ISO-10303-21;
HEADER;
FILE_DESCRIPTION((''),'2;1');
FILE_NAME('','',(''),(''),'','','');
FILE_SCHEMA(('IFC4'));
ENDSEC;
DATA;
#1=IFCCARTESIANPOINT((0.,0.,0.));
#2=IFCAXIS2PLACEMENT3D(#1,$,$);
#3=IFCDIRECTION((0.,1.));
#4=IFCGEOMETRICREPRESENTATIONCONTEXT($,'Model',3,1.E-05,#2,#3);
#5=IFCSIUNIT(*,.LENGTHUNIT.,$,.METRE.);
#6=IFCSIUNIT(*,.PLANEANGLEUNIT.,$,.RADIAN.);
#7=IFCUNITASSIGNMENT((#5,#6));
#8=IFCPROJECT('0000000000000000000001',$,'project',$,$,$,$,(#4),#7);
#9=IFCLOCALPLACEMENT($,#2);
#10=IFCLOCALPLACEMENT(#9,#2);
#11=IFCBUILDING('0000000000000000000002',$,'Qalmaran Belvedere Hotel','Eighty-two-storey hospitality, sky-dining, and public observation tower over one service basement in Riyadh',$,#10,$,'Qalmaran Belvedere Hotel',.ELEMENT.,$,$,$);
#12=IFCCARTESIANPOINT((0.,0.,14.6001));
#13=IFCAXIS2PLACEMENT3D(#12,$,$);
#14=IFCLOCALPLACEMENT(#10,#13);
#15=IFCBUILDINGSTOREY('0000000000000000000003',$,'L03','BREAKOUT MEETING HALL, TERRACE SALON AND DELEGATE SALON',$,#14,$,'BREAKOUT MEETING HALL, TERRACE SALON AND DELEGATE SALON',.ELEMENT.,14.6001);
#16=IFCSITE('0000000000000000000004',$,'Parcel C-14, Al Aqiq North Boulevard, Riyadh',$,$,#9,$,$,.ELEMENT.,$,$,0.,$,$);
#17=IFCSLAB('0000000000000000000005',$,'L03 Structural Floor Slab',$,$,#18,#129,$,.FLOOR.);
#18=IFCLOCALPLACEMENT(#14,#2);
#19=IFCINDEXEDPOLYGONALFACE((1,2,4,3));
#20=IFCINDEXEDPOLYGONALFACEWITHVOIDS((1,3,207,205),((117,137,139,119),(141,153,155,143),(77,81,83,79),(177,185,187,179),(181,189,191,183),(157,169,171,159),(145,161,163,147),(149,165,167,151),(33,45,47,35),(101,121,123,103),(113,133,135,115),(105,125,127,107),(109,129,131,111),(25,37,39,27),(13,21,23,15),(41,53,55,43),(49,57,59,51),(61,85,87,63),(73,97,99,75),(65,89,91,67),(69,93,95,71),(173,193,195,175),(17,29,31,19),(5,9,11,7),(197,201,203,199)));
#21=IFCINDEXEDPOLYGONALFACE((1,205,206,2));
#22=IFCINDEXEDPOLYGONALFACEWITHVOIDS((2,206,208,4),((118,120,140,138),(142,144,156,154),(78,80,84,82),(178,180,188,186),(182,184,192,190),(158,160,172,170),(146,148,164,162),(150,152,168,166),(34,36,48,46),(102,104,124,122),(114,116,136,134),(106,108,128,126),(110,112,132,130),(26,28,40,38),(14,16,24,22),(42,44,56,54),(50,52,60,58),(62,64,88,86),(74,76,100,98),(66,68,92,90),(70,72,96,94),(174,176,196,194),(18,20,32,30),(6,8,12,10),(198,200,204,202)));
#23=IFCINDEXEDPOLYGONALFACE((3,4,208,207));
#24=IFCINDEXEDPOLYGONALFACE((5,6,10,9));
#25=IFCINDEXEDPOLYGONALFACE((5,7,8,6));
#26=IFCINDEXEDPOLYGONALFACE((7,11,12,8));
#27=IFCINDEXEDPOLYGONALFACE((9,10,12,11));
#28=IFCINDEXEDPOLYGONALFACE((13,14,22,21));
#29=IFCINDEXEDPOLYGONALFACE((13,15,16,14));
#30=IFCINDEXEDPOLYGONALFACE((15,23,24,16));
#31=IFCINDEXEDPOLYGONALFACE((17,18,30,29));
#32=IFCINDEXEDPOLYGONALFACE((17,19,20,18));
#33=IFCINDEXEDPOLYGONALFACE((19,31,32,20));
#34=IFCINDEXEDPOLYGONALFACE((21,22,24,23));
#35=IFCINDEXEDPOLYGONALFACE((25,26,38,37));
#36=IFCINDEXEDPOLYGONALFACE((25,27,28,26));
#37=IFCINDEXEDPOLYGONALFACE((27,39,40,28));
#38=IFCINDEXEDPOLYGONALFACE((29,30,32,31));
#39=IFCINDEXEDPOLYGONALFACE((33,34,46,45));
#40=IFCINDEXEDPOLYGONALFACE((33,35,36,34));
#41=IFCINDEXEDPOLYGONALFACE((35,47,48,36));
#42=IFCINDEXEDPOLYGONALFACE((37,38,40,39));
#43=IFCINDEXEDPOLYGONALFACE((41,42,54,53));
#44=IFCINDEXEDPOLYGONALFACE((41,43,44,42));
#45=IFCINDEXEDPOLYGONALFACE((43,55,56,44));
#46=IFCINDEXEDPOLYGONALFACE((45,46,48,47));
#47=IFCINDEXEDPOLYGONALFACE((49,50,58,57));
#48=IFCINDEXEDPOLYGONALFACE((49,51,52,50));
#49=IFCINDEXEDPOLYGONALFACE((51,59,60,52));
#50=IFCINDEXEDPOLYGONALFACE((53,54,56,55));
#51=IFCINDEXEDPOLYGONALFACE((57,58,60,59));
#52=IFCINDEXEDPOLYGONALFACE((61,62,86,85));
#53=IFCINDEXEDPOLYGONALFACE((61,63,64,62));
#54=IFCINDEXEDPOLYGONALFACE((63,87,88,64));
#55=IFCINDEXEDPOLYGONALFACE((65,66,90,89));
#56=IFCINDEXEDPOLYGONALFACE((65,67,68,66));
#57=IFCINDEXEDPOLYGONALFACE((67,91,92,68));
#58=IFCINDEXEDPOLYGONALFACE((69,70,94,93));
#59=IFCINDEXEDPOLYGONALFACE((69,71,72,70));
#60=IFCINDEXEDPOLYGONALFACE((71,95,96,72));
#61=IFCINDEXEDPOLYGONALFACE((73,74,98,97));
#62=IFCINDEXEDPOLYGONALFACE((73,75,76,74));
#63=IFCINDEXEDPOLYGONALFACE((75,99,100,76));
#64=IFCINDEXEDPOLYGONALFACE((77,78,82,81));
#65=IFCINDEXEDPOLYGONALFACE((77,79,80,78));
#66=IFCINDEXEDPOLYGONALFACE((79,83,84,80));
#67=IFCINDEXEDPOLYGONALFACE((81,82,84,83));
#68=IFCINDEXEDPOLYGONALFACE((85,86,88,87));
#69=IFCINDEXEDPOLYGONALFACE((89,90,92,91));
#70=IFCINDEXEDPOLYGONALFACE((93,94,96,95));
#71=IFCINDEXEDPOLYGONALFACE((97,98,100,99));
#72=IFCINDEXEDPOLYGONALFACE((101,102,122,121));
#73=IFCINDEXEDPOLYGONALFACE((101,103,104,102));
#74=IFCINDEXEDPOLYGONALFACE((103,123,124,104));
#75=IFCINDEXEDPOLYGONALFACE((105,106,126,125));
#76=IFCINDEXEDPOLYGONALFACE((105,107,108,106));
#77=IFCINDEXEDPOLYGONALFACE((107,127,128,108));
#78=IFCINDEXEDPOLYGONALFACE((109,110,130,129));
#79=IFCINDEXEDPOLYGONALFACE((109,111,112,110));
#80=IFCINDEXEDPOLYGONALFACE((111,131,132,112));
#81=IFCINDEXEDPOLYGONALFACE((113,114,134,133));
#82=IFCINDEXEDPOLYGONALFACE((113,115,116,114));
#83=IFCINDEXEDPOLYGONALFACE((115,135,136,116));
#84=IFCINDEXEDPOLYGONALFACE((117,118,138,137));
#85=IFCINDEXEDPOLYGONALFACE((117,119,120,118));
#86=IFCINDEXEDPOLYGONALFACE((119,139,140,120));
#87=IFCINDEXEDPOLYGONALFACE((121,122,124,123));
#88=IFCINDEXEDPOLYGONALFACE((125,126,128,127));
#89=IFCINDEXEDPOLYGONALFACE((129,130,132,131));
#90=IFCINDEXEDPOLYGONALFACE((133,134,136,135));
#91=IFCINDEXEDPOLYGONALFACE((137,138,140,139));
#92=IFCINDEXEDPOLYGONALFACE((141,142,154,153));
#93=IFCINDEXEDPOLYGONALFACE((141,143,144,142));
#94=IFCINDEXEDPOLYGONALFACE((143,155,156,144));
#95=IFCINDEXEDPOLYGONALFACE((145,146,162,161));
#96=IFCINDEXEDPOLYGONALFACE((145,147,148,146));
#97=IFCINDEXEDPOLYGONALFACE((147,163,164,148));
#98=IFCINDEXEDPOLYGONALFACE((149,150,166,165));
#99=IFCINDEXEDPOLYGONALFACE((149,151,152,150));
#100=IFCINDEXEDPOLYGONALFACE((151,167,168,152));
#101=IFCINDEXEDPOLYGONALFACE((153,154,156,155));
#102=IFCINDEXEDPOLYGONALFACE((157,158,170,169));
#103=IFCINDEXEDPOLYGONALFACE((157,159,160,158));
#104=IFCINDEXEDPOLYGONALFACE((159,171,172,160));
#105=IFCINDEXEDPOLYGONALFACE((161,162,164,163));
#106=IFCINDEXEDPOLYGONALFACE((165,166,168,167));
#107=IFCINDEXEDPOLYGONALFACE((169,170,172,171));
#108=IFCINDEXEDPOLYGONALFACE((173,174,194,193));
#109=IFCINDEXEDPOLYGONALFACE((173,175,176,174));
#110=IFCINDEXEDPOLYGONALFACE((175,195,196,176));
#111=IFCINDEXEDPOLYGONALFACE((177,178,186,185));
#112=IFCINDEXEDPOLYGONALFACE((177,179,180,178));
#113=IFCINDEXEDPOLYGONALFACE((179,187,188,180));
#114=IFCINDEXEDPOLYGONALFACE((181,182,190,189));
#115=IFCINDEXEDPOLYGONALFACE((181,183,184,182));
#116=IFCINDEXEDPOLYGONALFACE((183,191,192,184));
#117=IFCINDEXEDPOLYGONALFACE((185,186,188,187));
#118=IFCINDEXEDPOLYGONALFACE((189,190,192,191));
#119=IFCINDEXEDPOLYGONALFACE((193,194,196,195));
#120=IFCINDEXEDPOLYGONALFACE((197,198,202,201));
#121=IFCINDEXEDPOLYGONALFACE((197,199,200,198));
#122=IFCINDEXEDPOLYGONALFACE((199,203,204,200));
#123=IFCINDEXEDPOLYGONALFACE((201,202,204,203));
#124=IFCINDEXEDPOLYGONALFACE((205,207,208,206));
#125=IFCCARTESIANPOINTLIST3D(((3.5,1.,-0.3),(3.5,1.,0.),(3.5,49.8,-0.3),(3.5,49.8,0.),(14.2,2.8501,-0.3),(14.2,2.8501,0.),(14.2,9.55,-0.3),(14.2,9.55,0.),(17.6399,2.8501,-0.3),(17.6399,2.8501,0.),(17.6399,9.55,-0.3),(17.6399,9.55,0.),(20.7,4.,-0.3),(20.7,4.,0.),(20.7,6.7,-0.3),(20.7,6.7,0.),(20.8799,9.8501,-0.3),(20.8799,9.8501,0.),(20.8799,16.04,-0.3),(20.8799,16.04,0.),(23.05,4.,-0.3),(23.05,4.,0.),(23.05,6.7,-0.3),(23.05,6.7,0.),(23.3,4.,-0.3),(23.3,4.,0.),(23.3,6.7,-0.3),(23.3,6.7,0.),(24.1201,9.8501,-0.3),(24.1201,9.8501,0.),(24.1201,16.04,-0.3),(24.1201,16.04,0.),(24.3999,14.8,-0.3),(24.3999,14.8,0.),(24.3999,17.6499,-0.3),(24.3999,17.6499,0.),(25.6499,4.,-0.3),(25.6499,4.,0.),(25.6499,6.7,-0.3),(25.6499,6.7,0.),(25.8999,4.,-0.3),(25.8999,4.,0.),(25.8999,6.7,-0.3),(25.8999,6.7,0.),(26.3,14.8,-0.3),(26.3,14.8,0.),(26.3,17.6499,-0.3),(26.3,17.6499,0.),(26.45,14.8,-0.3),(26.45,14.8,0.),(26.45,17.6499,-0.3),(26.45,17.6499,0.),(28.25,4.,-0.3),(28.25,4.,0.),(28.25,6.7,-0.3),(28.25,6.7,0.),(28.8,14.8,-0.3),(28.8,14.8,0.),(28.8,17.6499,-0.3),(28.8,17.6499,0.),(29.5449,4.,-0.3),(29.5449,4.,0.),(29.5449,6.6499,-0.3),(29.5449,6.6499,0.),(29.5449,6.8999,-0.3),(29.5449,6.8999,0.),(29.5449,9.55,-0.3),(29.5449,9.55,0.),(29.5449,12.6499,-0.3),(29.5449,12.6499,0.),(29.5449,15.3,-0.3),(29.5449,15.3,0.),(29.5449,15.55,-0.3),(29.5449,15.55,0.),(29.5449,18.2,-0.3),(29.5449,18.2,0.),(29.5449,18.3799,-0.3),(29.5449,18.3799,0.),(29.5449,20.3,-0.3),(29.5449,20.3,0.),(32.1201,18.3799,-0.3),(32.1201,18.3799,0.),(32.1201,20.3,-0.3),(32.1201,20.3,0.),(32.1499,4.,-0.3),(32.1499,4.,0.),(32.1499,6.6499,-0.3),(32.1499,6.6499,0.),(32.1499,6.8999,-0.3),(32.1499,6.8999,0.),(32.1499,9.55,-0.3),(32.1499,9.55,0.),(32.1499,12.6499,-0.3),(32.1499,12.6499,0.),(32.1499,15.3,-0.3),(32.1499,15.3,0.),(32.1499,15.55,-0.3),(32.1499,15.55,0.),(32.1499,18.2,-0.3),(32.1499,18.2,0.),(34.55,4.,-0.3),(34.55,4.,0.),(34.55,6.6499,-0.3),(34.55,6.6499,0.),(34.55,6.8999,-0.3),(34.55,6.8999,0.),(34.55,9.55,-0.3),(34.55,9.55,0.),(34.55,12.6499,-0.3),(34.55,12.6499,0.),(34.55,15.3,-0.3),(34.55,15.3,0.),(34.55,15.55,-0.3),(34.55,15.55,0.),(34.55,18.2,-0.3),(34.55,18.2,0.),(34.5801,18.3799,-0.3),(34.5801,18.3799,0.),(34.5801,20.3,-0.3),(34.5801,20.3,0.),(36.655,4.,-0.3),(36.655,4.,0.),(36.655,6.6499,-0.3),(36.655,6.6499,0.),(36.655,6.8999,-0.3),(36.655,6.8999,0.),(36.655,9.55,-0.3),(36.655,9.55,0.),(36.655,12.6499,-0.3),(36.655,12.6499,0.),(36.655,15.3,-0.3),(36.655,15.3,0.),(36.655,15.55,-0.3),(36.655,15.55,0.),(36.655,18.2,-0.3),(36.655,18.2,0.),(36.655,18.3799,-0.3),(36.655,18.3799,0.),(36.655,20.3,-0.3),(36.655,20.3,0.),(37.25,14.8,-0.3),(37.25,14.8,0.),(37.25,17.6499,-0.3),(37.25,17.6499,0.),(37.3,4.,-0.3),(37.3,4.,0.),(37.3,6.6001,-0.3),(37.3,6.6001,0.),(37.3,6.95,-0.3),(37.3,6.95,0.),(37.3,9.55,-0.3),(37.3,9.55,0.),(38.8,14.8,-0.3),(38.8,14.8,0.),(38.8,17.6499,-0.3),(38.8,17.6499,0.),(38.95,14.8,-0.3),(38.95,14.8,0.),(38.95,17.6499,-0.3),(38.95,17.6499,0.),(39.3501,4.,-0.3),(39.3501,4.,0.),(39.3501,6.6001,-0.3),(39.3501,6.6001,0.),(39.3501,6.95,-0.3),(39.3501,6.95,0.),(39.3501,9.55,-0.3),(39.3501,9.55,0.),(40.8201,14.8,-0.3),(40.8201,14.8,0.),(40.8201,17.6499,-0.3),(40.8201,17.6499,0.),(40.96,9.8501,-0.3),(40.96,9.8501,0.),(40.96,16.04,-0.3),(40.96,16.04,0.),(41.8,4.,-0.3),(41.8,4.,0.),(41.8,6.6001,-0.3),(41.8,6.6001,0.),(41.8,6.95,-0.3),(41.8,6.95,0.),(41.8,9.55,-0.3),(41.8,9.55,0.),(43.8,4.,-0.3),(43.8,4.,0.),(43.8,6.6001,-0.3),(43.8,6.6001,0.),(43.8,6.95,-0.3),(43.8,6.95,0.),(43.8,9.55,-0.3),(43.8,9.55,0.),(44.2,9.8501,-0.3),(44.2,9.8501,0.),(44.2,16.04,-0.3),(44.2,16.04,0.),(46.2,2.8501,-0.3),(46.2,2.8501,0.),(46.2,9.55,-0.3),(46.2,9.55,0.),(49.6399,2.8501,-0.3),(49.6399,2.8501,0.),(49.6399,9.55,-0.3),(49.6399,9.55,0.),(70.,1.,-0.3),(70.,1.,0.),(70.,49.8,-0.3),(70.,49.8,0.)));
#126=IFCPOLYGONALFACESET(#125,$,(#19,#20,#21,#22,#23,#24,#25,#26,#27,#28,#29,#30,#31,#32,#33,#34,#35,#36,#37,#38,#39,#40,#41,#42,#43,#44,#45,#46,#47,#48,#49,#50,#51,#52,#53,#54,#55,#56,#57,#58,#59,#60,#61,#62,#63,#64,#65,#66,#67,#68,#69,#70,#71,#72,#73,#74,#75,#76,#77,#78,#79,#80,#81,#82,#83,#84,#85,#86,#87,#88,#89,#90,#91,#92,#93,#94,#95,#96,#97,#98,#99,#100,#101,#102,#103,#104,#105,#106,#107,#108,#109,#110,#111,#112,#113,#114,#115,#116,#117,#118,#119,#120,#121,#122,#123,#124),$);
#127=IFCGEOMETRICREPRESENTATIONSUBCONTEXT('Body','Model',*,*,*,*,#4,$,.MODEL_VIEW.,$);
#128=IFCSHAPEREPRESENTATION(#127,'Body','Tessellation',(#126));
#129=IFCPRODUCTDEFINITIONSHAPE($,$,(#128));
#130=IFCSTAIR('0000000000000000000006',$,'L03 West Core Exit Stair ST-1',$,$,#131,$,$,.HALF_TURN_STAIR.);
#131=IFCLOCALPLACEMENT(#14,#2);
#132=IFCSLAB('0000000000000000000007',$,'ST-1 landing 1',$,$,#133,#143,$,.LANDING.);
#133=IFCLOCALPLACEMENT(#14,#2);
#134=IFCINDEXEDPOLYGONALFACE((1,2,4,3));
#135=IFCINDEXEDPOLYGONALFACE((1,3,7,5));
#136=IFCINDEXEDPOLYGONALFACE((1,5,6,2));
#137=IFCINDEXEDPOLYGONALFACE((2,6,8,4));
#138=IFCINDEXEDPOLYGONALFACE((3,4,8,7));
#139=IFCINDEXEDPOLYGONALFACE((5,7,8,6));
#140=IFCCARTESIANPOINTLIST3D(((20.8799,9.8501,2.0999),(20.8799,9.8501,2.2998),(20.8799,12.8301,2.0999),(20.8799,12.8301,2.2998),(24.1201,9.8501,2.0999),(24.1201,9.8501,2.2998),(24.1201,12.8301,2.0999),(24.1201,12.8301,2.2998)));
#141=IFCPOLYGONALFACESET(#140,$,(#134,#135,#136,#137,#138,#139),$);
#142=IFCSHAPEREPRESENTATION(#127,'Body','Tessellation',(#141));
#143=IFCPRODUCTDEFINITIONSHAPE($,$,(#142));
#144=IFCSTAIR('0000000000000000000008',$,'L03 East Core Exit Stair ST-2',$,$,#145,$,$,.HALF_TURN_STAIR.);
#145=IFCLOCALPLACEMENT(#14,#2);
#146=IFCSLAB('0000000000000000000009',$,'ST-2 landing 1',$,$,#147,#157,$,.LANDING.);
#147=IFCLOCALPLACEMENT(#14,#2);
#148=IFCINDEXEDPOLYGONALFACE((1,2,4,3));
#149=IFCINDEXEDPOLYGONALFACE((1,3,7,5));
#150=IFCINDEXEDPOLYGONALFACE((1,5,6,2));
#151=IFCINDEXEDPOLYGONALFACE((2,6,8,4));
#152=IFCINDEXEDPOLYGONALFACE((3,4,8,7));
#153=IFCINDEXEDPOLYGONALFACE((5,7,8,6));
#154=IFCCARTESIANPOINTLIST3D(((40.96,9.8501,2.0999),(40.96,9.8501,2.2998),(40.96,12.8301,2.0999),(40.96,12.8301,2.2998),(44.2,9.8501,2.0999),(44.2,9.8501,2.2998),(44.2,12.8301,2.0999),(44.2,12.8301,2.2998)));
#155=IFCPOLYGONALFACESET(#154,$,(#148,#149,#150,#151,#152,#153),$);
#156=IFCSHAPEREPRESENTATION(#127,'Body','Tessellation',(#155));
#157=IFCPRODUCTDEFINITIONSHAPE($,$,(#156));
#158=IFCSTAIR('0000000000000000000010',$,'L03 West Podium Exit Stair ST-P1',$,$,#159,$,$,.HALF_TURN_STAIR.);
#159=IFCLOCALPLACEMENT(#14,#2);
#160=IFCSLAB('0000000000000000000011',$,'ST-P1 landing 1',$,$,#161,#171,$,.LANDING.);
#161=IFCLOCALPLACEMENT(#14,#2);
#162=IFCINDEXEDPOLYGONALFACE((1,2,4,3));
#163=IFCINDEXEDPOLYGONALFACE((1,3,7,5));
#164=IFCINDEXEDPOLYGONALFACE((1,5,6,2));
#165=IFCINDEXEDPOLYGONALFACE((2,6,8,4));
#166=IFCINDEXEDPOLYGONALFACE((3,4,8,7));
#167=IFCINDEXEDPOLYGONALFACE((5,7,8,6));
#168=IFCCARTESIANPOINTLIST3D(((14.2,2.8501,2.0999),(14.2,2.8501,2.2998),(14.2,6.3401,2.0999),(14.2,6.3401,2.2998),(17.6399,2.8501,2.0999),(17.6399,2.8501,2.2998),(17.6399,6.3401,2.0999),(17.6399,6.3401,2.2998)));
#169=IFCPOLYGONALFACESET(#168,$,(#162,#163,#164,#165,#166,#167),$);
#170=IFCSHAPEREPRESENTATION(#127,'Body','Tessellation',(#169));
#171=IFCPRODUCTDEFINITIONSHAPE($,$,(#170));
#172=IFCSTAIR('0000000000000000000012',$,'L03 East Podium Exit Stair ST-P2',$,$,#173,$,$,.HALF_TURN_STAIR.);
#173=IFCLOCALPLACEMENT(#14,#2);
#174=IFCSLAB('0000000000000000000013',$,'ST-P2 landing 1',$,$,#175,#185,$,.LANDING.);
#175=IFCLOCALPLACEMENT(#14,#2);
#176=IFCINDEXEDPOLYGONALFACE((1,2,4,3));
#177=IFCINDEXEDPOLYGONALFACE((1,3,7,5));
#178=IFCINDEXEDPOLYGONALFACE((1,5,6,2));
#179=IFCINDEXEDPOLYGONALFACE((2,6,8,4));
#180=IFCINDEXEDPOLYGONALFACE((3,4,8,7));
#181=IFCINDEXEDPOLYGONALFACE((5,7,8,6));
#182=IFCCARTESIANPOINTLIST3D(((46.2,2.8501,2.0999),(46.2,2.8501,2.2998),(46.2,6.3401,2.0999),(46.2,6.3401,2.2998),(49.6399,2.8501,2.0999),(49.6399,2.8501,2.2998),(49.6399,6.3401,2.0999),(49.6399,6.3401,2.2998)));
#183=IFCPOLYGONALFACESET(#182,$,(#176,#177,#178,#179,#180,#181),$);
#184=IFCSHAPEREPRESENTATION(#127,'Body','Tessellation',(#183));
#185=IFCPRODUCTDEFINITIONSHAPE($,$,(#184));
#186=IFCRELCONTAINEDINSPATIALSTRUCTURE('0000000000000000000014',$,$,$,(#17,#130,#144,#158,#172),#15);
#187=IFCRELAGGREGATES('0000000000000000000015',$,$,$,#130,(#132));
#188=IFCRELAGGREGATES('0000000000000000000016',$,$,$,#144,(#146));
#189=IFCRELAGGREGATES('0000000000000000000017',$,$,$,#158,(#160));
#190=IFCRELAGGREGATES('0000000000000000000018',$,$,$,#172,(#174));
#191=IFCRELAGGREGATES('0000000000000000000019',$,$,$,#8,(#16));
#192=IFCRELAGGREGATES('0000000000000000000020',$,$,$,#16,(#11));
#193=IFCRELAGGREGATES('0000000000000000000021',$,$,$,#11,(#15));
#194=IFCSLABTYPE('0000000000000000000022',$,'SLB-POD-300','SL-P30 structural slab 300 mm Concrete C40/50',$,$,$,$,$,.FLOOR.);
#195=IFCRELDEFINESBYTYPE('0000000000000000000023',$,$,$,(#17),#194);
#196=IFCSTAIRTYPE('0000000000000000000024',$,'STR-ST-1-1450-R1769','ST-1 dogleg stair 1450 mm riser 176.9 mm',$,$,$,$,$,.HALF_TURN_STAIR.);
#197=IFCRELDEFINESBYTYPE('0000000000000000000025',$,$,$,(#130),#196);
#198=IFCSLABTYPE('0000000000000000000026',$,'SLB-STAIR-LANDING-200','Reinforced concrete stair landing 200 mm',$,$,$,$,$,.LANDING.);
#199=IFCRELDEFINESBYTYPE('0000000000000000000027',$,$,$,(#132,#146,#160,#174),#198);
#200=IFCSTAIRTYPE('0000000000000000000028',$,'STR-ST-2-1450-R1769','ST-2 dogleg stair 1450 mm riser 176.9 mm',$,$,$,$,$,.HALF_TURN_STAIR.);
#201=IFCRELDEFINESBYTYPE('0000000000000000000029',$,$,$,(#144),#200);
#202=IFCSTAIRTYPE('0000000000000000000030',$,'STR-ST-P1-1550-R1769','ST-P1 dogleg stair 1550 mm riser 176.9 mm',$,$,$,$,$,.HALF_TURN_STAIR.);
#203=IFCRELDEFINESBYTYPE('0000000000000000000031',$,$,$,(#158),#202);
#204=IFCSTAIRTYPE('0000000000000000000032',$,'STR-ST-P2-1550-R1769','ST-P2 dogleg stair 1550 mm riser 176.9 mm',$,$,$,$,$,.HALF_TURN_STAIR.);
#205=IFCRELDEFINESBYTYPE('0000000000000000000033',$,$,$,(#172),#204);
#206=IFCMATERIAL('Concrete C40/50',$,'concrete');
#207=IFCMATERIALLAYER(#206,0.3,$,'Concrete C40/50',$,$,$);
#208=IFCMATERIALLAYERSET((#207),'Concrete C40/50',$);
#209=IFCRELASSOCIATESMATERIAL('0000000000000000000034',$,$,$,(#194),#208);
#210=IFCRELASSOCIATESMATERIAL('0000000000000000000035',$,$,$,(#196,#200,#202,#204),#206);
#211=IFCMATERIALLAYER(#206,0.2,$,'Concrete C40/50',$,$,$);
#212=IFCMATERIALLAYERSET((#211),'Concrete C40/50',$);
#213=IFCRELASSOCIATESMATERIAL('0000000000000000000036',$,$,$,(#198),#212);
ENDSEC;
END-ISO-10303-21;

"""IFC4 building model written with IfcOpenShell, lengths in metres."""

from ifc_helpers import new_model, si_unit, direction, frame, origin, place, context, subcontext, project, spatial, polyline, outline, extrude, material, layer, layer_set, type_object, element, aggregate, save


model = new_model("IFC4")

# Units and contexts
model_context = context("Model", 3, precision=1e-05, world=origin(), true_north=direction((0.0, 1.0)))
body_context = subcontext(model_context, "Body", "Model", "MODEL_VIEW")
ifc_project = project(units=[si_unit("LENGTHUNIT", "METRE"), si_unit("PLANEANGLEUNIT", "RADIAN")], contexts=[model_context])

# Site, building, storey
site_placement = place(None, origin())
site = spatial("IfcSite", under=ifc_project, at=site_placement, Name="Parcel C-14, Al Aqiq North Boulevard, Riyadh", CompositionType="ELEMENT", RefElevation=0.0)
building_placement = place(site_placement, origin())
building = spatial("IfcBuilding", under=site, at=building_placement, Name="Qalmaran Belvedere Hotel", Description="Eighty-two-storey hospitality, sky-dining, and public observation tower over one service basement in Riyadh", LongName="Qalmaran Belvedere Hotel", CompositionType="ELEMENT")
storey_placement = place(building_placement, frame((0.0, 0.0, 14.6001)))
storey = spatial("IfcBuildingStorey", under=building, at=storey_placement, Name="L03", Description="BREAKOUT MEETING HALL, TERRACE SALON AND DELEGATE SALON", LongName="BREAKOUT MEETING HALL, TERRACE SALON AND DELEGATE SALON", CompositionType="ELEMENT", Elevation=14.6001)

# Slab
ifc_material_1 = material(Name="Concrete C40/50", Category="concrete")
ifc_layer_1 = layer(ifc_material_1, 0.3, Name="Concrete C40/50")
ifc_layer_set_1 = layer_set([ifc_layer_1], Name="Concrete C40/50")
slab_type_1 = type_object("IfcSlabType", Name="SLB-POD-300", Description="SL-P30 structural slab 300 mm Concrete C40/50", PredefinedType="FLOOR", material=ifc_layer_set_1)
slab_1_placement = place(storey_placement, frame((0.0, 0.0, -0.3)))
element("IfcSlab", 1, at=slab_1_placement, inside=storey, type_object=slab_type_1, Name="L03 Structural Floor Slab", PredefinedType="FLOOR", context=body_context, shape_type="SweptSolid", body=[
    extrude(outline(polyline([(3.5, 1.0), (70.0, 1.0), (70.0, 49.8), (3.5, 49.8), (3.5, 1.0)]), holes=[polyline([(20.8799, 9.8501), (24.1201, 9.8501), (24.1201, 16.04), (20.8799, 16.04), (20.8799, 9.8501)]), polyline([(40.96, 9.8501), (44.2, 9.8501), (44.2, 16.04), (40.96, 16.04), (40.96, 9.8501)]), polyline([(14.2, 2.8501), (17.6399, 2.8501), (17.6399, 9.55), (14.2, 9.55), (14.2, 2.8501)]), polyline([(46.2, 2.8501), (49.6399, 2.8501), (49.6399, 9.55), (46.2, 9.55), (46.2, 2.8501)]), polyline([(29.5449, 4.0), (32.1499, 4.0), (32.1499, 6.6499), (29.5449, 6.6499), (29.5449, 4.0)]), polyline([(29.5449, 6.8999), (32.1499, 6.8999), (32.1499, 9.55), (29.5449, 9.55), (29.5449, 6.8999)]), polyline([(34.55, 4.0), (36.655, 4.0), (36.655, 6.6499), (34.55, 6.6499), (34.55, 4.0)]), polyline([(34.55, 6.8999), (36.655, 6.8999), (36.655, 9.55), (34.55, 9.55), (34.55, 6.8999)]), polyline([(29.5449, 12.6499), (32.1499, 12.6499), (32.1499, 15.3), (29.5449, 15.3), (29.5449, 12.6499)]), polyline([(29.5449, 15.55), (32.1499, 15.55), (32.1499, 18.2), (29.5449, 18.2), (29.5449, 15.55)]), polyline([(34.55, 12.6499), (36.655, 12.6499), (36.655, 15.3), (34.55, 15.3), (34.55, 12.6499)]), polyline([(34.55, 15.55), (36.655, 15.55), (36.655, 18.2), (34.55, 18.2), (34.55, 15.55)]), polyline([(37.3, 4.0), (39.3501, 4.0), (39.3501, 6.6001), (37.3, 6.6001), (37.3, 4.0)]), polyline([(37.3, 6.95), (39.3501, 6.95), (39.3501, 9.55), (37.3, 9.55), (37.3, 6.95)]), polyline([(41.8, 4.0), (43.8, 4.0), (43.8, 6.6001), (41.8, 6.6001), (41.8, 4.0)]), polyline([(41.8, 6.95), (43.8, 6.95), (43.8, 9.55), (41.8, 9.55), (41.8, 6.95)]), polyline([(20.7, 4.0), (23.05, 4.0), (23.05, 6.7), (20.7, 6.7), (20.7, 4.0)]), polyline([(23.3, 4.0), (25.6499, 4.0), (25.6499, 6.7), (23.3, 6.7), (23.3, 4.0)]), polyline([(25.8999, 4.0), (28.25, 4.0), (28.25, 6.7), (25.8999, 6.7), (25.8999, 4.0)]), polyline([(24.3999, 14.8), (26.3, 14.8), (26.3, 17.6499), (24.3999, 17.6499), (24.3999, 14.8)]), polyline([(38.95, 14.8), (40.8201, 14.8), (40.8201, 17.6499), (38.95, 17.6499), (38.95, 14.8)]), polyline([(26.45, 14.8), (28.8, 14.8), (28.8, 17.6499), (26.45, 17.6499), (26.45, 14.8)]), polyline([(37.25, 14.8), (38.8, 14.8), (38.8, 17.6499), (37.25, 17.6499), (37.25, 14.8)]), polyline([(29.5449, 18.3799), (32.1201, 18.3799), (32.1201, 20.3), (29.5449, 20.3), (29.5449, 18.3799)]), polyline([(34.5801, 18.3799), (36.655, 18.3799), (36.655, 20.3), (34.5801, 20.3), (34.5801, 18.3799)])]), origin(), (0.0, 0.0, 1.0), 0.3),
])

# Stairs, slabs
stair_type_1 = type_object("IfcStairType", Name="STR-ST-1-1450-R1769", Description="ST-1 dogleg stair 1450 mm riser 176.9 mm", PredefinedType="HALF_TURN_STAIR", material=ifc_material_1)
stair_1_placement = place(storey_placement, origin())
stair_1 = element("IfcStair", 2, at=stair_1_placement, inside=storey, type_object=stair_type_1, Name="L03 West Core Exit Stair ST-1", PredefinedType="HALF_TURN_STAIR")
ifc_layer_2 = layer(ifc_material_1, 0.2, Name="Concrete C40/50")
ifc_layer_set_2 = layer_set([ifc_layer_2], Name="Concrete C40/50")
slab_type_2 = type_object("IfcSlabType", Name="SLB-STAIR-LANDING-200", Description="Reinforced concrete stair landing 200 mm", PredefinedType="LANDING", material=ifc_layer_set_2)
slab_2_placement = place(storey_placement, frame((0.0, 0.0, 2.0999)))
slab_2 = element("IfcSlab", 3, at=slab_2_placement, type_object=slab_type_2, Name="ST-1 landing 1", PredefinedType="LANDING", context=body_context, shape_type="SweptSolid", body=[
    extrude(outline(polyline([(20.8799, 12.8301), (20.8799, 9.8501), (24.1201, 9.8501), (24.1201, 12.8301), (20.8799, 12.8301)])), origin(), (0.0, 0.0, 1.0), 0.2),
])
aggregate(stair_1, [slab_2])
stair_type_2 = type_object("IfcStairType", Name="STR-ST-2-1450-R1769", Description="ST-2 dogleg stair 1450 mm riser 176.9 mm", PredefinedType="HALF_TURN_STAIR", material=ifc_material_1)
stair_2_placement = place(storey_placement, origin())
stair_2 = element("IfcStair", 4, at=stair_2_placement, inside=storey, type_object=stair_type_2, Name="L03 East Core Exit Stair ST-2", PredefinedType="HALF_TURN_STAIR")
slab_3_placement = place(storey_placement, frame((0.0, 0.0, 2.0999)))
slab_3 = element("IfcSlab", 5, at=slab_3_placement, type_object=slab_type_2, Name="ST-2 landing 1", PredefinedType="LANDING", context=body_context, shape_type="SweptSolid", body=[
    extrude(outline(polyline([(40.96, 12.8301), (40.96, 9.8501), (44.2, 9.8501), (44.2, 12.8301), (40.96, 12.8301)])), origin(), (0.0, 0.0, 1.0), 0.2),
])
aggregate(stair_2, [slab_3])
stair_type_3 = type_object("IfcStairType", Name="STR-ST-P1-1550-R1769", Description="ST-P1 dogleg stair 1550 mm riser 176.9 mm", PredefinedType="HALF_TURN_STAIR", material=ifc_material_1)
stair_3_placement = place(storey_placement, origin())
stair_3 = element("IfcStair", 6, at=stair_3_placement, inside=storey, type_object=stair_type_3, Name="L03 West Podium Exit Stair ST-P1", PredefinedType="HALF_TURN_STAIR")
slab_4_placement = place(storey_placement, frame((0.0, 0.0, 2.0999)))
slab_4 = element("IfcSlab", 7, at=slab_4_placement, type_object=slab_type_2, Name="ST-P1 landing 1", PredefinedType="LANDING", context=body_context, shape_type="SweptSolid", body=[
    extrude(outline(polyline([(14.2, 6.3401), (14.2, 2.8501), (17.6399, 2.8501), (17.6399, 6.3401), (14.2, 6.3401)])), origin(), (0.0, 0.0, 1.0), 0.2),
])
aggregate(stair_3, [slab_4])
stair_type_4 = type_object("IfcStairType", Name="STR-ST-P2-1550-R1769", Description="ST-P2 dogleg stair 1550 mm riser 176.9 mm", PredefinedType="HALF_TURN_STAIR", material=ifc_material_1)
stair_4_placement = place(storey_placement, origin())
stair_4 = element("IfcStair", 8, at=stair_4_placement, inside=storey, type_object=stair_type_4, Name="L03 East Podium Exit Stair ST-P2", PredefinedType="HALF_TURN_STAIR")
slab_5_placement = place(storey_placement, frame((0.0, 0.0, 2.0999)))
slab_5 = element("IfcSlab", 9, at=slab_5_placement, type_object=slab_type_2, Name="ST-P2 landing 1", PredefinedType="LANDING", context=body_context, shape_type="SweptSolid", body=[
    extrude(outline(polyline([(46.2, 6.3401), (46.2, 2.8501), (49.6399, 2.8501), (49.6399, 6.3401), (46.2, 6.3401)])), origin(), (0.0, 0.0, 1.0), 0.2),
])
aggregate(stair_4, [slab_5])

save(model, "model.ifc")
